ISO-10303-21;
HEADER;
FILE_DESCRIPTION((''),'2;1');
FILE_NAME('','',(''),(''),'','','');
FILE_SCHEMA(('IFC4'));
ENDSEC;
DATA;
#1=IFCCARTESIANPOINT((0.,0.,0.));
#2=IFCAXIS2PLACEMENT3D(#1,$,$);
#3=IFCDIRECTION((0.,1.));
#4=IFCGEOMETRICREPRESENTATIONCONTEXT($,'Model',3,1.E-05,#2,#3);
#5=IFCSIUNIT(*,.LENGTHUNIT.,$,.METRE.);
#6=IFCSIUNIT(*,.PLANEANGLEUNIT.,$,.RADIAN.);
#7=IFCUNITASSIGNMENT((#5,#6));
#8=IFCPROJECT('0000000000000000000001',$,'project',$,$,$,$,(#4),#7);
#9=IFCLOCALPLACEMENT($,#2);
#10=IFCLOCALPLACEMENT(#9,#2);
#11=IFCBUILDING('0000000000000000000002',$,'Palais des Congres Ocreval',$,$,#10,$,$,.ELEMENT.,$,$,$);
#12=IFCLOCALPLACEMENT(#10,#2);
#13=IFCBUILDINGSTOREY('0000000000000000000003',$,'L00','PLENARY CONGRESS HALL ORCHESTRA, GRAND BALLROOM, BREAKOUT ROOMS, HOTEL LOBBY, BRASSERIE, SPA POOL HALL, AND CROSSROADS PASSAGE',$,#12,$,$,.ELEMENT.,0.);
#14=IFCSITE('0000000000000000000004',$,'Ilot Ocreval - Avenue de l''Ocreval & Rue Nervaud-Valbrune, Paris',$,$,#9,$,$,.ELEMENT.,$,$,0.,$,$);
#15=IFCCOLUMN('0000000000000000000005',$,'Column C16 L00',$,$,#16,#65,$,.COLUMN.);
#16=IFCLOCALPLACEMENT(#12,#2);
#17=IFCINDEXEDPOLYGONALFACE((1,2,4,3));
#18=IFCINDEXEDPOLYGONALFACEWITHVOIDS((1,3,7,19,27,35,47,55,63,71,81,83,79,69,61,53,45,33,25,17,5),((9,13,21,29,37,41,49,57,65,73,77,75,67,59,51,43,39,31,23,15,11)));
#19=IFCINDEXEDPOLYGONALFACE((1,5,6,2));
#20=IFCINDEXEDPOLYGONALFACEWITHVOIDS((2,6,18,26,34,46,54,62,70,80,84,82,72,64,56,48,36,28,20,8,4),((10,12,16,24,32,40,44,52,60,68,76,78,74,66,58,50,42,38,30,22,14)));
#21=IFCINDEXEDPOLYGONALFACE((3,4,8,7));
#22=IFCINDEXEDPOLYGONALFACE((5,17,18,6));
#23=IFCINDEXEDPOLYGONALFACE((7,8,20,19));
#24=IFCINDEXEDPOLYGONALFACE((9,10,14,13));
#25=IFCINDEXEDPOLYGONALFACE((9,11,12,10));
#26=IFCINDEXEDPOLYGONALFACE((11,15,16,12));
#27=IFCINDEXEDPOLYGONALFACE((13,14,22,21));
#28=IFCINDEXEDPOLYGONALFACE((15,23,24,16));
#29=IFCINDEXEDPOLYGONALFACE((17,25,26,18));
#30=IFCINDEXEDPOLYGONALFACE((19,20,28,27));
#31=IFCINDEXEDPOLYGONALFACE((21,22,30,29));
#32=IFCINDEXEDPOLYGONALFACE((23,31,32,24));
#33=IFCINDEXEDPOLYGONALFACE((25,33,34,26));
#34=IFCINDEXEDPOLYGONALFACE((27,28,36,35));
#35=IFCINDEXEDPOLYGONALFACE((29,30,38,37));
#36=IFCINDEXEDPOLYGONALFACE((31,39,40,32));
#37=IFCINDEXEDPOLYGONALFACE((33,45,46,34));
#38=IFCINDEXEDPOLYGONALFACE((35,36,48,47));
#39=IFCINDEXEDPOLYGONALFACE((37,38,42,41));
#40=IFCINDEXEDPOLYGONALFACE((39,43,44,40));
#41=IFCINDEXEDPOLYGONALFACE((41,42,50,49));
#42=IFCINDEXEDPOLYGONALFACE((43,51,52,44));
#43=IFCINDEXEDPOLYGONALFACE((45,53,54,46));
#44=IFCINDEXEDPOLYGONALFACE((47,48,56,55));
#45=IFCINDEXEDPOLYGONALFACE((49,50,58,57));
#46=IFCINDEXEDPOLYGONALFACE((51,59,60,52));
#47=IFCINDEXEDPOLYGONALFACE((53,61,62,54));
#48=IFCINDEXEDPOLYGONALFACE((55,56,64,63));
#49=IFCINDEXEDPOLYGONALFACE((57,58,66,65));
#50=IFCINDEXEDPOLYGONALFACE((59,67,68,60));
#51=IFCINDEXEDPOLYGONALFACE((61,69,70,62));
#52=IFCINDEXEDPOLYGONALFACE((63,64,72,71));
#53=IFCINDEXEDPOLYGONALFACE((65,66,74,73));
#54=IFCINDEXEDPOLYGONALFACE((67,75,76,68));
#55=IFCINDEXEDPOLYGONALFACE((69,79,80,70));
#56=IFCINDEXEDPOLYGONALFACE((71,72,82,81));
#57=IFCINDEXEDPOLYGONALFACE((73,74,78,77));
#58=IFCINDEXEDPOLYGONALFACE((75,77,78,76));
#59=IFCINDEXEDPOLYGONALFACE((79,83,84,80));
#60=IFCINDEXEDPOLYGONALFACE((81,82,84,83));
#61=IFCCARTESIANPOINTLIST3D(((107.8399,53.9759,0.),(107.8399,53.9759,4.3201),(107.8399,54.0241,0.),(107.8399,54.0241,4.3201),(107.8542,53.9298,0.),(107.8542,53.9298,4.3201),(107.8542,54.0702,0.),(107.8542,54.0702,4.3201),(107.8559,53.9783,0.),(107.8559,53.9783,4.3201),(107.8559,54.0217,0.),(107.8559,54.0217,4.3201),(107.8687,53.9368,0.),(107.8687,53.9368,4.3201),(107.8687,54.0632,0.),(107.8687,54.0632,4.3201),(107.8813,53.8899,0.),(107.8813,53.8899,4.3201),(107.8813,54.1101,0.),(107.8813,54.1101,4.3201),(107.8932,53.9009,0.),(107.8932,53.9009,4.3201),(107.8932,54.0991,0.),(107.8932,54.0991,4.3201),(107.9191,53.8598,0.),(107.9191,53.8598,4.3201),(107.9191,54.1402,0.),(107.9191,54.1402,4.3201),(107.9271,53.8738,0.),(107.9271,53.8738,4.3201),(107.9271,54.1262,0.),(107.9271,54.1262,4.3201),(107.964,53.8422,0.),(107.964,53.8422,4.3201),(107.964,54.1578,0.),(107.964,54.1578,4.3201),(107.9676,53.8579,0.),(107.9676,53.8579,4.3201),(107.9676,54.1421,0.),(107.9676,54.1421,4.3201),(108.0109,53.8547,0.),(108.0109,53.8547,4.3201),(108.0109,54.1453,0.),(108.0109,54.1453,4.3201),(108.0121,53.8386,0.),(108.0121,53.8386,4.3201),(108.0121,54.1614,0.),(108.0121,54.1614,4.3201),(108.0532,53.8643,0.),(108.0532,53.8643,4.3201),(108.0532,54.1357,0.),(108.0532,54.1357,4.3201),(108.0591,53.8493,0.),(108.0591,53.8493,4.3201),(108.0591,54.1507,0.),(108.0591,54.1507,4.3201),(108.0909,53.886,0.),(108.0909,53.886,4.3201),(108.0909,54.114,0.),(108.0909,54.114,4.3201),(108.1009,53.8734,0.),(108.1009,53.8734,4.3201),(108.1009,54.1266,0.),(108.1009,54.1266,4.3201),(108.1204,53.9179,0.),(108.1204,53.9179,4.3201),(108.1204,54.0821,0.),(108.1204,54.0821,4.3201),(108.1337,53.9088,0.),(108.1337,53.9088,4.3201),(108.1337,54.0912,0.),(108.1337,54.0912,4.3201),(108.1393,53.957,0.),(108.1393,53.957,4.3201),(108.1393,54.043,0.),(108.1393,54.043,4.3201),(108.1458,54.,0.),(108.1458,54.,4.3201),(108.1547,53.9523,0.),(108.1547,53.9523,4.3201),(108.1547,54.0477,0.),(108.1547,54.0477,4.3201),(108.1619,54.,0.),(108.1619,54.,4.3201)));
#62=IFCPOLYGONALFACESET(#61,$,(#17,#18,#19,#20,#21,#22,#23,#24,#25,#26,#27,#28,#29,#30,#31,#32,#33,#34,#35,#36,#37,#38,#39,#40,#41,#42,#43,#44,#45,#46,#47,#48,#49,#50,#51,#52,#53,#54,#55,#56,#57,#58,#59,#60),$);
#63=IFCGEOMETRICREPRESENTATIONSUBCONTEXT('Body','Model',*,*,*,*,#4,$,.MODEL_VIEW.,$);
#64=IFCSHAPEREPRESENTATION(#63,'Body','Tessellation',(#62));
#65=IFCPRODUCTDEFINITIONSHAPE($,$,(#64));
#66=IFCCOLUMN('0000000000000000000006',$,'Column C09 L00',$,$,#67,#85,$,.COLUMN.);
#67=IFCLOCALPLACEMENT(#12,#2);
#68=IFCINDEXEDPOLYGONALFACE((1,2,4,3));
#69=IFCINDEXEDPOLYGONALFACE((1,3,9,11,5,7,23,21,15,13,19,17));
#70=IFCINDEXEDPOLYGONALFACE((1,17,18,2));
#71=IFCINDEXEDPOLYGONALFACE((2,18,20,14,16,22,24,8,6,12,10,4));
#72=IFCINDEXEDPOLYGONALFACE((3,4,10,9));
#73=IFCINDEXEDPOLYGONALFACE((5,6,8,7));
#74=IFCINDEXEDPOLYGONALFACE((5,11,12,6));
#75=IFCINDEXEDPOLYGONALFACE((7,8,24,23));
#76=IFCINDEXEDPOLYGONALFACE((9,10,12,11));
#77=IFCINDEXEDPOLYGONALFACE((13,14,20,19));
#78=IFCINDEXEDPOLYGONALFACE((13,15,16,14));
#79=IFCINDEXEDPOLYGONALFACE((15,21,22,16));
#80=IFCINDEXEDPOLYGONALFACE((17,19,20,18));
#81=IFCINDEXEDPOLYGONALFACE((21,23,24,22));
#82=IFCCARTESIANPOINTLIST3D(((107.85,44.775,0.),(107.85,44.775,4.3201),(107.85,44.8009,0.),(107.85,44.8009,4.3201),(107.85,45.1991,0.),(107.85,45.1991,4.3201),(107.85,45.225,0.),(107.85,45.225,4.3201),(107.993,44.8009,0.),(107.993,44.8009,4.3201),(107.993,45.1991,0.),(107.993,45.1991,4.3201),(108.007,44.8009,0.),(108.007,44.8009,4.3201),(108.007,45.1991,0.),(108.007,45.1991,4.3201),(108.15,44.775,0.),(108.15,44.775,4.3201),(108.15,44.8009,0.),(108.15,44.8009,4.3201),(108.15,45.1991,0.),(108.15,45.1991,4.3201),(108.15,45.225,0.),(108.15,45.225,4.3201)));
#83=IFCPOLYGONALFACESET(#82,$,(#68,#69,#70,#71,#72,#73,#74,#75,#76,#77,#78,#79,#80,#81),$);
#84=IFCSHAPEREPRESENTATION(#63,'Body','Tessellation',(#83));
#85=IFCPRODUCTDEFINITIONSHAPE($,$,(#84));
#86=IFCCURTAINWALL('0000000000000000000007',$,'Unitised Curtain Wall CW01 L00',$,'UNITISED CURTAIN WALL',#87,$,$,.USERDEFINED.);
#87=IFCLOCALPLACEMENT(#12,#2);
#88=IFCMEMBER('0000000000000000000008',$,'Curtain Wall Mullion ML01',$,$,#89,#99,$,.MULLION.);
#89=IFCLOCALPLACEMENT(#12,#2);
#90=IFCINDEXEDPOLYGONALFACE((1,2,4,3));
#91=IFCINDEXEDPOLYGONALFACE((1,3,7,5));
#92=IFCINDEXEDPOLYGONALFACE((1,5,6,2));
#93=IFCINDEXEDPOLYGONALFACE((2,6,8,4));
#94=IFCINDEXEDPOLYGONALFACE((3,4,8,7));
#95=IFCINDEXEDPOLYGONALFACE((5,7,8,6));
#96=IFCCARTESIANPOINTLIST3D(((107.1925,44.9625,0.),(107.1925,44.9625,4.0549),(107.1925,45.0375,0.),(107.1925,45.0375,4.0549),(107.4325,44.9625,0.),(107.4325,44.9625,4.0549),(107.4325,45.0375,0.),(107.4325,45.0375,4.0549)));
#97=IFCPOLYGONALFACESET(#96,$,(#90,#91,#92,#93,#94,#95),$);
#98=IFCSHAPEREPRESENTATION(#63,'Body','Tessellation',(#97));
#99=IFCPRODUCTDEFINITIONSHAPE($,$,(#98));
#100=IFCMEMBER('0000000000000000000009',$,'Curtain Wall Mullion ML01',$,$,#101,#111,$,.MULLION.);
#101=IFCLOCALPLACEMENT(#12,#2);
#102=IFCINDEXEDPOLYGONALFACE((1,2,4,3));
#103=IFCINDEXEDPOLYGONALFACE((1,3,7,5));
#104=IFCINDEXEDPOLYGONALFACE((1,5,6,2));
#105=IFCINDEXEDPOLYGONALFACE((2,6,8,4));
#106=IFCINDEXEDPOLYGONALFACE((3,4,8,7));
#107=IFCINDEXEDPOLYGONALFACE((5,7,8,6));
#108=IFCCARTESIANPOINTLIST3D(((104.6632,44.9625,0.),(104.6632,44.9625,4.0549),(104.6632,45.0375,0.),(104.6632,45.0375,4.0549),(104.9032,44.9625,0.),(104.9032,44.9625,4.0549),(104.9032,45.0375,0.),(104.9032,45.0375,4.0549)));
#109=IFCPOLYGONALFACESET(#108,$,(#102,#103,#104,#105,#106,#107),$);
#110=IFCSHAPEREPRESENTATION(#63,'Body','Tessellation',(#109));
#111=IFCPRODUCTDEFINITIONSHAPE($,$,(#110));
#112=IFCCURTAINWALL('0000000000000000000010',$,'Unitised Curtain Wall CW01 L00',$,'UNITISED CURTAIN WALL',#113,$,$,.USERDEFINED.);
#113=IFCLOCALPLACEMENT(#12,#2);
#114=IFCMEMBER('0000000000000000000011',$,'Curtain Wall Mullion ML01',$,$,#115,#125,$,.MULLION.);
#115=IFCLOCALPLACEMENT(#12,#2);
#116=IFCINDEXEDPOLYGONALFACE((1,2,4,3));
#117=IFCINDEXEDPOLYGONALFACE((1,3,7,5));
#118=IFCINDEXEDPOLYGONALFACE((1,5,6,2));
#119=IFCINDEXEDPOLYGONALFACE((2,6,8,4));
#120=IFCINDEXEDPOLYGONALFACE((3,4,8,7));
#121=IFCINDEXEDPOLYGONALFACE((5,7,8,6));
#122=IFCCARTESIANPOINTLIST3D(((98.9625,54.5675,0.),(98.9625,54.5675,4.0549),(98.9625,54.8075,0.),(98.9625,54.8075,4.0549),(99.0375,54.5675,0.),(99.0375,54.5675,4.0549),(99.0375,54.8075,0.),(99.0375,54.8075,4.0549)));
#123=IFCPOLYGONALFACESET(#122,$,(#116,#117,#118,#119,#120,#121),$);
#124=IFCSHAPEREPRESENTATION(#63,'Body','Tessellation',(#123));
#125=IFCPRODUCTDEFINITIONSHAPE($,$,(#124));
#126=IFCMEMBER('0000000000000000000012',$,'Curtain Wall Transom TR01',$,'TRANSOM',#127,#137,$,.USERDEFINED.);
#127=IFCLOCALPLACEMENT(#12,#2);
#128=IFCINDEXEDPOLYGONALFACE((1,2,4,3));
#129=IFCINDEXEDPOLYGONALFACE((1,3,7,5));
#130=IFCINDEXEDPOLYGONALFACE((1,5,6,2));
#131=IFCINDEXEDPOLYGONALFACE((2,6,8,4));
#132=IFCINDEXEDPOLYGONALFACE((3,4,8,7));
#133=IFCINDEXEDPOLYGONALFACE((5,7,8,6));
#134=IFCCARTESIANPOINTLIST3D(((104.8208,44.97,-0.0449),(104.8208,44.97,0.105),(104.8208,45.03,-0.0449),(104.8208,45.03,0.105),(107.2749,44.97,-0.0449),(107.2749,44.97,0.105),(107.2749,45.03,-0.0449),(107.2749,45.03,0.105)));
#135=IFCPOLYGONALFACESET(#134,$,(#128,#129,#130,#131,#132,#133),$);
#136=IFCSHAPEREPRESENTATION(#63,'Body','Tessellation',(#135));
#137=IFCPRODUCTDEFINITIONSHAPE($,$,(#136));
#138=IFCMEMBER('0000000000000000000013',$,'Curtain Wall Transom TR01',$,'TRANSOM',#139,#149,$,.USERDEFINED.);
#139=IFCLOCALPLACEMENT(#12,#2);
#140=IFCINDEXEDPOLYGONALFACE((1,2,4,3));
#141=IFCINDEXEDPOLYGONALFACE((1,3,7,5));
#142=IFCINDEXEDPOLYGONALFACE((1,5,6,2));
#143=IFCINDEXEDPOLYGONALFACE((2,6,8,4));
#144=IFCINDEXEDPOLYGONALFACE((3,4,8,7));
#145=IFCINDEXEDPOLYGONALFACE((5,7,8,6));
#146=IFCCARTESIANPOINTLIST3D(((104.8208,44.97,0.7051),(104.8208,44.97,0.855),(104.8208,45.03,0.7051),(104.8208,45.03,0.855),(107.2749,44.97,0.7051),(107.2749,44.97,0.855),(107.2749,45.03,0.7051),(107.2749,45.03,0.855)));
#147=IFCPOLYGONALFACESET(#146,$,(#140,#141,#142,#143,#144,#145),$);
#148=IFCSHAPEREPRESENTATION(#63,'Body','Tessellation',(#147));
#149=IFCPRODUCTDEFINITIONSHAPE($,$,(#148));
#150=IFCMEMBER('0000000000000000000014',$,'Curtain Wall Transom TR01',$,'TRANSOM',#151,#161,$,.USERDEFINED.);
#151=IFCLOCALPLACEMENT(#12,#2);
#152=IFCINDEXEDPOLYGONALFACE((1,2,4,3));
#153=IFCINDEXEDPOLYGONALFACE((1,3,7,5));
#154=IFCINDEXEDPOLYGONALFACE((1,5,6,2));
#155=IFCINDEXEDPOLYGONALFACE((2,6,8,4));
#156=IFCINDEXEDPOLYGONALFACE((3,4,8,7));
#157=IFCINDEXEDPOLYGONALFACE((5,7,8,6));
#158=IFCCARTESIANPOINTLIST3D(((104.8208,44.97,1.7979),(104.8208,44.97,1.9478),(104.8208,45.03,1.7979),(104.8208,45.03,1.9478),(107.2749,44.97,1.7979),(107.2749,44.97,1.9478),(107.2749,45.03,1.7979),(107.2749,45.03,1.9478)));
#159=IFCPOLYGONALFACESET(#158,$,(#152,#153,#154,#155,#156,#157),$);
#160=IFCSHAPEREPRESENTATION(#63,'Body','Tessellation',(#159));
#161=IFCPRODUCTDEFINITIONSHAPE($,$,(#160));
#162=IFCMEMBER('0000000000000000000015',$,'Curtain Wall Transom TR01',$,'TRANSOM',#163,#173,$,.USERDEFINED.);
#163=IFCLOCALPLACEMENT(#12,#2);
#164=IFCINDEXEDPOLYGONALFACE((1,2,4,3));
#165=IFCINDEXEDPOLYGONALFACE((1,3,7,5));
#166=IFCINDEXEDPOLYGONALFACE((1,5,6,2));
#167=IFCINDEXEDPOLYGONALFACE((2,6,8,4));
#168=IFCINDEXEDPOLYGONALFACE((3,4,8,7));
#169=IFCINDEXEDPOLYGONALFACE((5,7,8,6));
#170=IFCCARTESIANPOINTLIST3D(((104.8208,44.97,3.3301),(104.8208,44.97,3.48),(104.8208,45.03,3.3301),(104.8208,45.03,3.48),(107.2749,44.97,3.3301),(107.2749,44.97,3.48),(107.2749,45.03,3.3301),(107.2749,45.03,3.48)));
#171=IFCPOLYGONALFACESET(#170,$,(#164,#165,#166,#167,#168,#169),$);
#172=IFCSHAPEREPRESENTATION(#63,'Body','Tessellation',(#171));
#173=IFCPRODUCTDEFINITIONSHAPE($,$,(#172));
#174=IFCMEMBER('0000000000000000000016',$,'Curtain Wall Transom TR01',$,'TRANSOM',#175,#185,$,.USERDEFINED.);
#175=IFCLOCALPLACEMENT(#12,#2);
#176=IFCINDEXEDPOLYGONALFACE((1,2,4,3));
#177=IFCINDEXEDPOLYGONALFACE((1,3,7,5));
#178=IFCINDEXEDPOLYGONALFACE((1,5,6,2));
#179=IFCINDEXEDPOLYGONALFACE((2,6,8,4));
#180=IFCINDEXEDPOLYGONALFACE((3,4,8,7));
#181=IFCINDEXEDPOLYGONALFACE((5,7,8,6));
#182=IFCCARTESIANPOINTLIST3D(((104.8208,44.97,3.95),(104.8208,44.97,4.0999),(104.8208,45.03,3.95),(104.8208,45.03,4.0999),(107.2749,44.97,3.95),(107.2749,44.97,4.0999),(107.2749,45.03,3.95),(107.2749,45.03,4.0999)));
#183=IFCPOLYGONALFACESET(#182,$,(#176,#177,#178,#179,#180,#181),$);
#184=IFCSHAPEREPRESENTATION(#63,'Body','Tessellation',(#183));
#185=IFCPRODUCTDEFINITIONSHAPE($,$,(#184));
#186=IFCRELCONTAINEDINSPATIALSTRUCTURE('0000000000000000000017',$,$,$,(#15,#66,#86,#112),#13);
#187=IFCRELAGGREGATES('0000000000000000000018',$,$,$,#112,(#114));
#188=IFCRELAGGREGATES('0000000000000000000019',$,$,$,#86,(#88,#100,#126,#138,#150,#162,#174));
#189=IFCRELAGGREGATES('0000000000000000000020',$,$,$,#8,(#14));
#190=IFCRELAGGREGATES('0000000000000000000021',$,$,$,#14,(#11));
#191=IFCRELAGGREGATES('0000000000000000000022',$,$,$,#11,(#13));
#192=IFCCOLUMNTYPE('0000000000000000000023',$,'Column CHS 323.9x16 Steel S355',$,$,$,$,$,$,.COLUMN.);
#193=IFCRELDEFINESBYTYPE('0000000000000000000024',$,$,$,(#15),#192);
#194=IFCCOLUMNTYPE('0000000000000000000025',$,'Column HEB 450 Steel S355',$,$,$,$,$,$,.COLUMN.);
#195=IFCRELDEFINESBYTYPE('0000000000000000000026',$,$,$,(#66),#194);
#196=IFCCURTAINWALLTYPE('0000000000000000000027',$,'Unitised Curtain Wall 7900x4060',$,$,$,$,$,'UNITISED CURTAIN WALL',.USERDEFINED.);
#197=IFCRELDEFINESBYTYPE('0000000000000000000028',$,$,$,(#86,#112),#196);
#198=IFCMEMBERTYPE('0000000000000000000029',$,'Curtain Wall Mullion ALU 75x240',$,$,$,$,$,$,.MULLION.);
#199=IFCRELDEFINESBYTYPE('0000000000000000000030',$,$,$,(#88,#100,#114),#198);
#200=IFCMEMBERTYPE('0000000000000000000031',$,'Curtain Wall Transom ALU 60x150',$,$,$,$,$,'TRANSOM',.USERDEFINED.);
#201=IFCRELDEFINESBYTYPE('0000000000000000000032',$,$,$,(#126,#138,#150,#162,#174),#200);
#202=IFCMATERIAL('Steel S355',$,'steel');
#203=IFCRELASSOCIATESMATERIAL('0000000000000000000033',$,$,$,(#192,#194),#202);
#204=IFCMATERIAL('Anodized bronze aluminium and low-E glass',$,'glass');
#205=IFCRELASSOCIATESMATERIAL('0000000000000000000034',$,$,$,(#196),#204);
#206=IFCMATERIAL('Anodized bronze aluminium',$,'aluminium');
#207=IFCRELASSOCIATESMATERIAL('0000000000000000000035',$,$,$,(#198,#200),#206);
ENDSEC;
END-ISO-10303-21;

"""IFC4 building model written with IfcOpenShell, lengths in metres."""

from ifc_helpers import new_model, si_unit, direction, frame, origin, origin_2d, place, context, subcontext, project, spatial, rectangle, hollow_circle, i_section, extrude, material, material_profile, profile_set, type_object, element, aggregate, save


model = new_model("IFC4")

# Units and contexts
model_context = context("Model", 3, precision=1e-05, world=origin(), true_north=direction((0.0, 1.0)))
body_context = subcontext(model_context, "Body", "Model", "MODEL_VIEW")
ifc_project = project(units=[si_unit("LENGTHUNIT", "METRE"), si_unit("PLANEANGLEUNIT", "RADIAN")], contexts=[model_context])

# Site, building, storey
site_placement = place(None, origin())
site = spatial("IfcSite", under=ifc_project, at=site_placement, Name="Ilot Ocreval - Avenue de l'Ocreval & Rue Nervaud-Valbrune, Paris", CompositionType="ELEMENT", RefElevation=0.0)
building_placement = place(site_placement, origin())
building = spatial("IfcBuilding", under=site, at=building_placement, Name="Palais des Congres Ocreval", CompositionType="ELEMENT")
storey_placement = place(building_placement, origin())
storey = spatial("IfcBuildingStorey", under=building, at=storey_placement, Name="L00", Description="PLENARY CONGRESS HALL ORCHESTRA, GRAND BALLROOM, BREAKOUT ROOMS, HOTEL LOBBY, BRASSERIE, SPA POOL HALL, AND CROSSROADS PASSAGE", CompositionType="ELEMENT", Elevation=0.0)

# Columns
ifc_material_1 = material(Name="Steel S355", Category="steel")
ifc_material_profile_1 = material_profile(ifc_material_1, hollow_circle(Radius=0.1619, WallThickness=0.0161, at=origin_2d()), Name="CHS 323.9x16")
ifc_profile_set_1 = profile_set([ifc_material_profile_1], Name="Steel S355")
column_type_1 = type_object("IfcColumnType", Name="Column CHS 323.9x16 Steel S355", PredefinedType="COLUMN", material=ifc_profile_set_1)
column_1_placement = place(storey_placement, frame((108.0, 54.0, 0.0), z_axis=(0.0, 0.0, 1.0), x_axis=(1.0, 0.0, 0.0)))
element("IfcColumn", 1, at=column_1_placement, inside=storey, type_object=column_type_1, Name="Column C16 L00", PredefinedType="COLUMN", context=body_context, shape_type="SweptSolid", body=[
    extrude(hollow_circle(Radius=0.1619, WallThickness=0.0161, at=origin_2d()), origin(), (0.0, 0.0, 1.0), 4.3201),
])
ifc_material_profile_2 = material_profile(ifc_material_1, i_section(OverallWidth=0.3, OverallDepth=0.45, WebThickness=0.0139, FlangeThickness=0.0259, at=origin_2d()), Name="HEB 450")
ifc_profile_set_2 = profile_set([ifc_material_profile_2], Name="Steel S355")
column_type_2 = type_object("IfcColumnType", Name="Column HEB 450 Steel S355", PredefinedType="COLUMN", material=ifc_profile_set_2)
column_2_placement = place(storey_placement, frame((108.0, 45.0, 0.0), z_axis=(0.0, 0.0, 1.0), x_axis=(1.0, 0.0, 0.0)))
element("IfcColumn", 2, at=column_2_placement, inside=storey, type_object=column_type_2, Name="Column C09 L00", PredefinedType="COLUMN", context=body_context, shape_type="SweptSolid", body=[
    extrude(i_section(OverallWidth=0.3, OverallDepth=0.45, WebThickness=0.0139, FlangeThickness=0.0259, at=origin_2d()), origin(), (0.0, 0.0, 1.0), 4.3201),
])

# Curtain wall, members
ifc_material_2 = material(Name="Anodized bronze aluminium and low-E glass", Category="glass")
curtain_wall_type = type_object("IfcCurtainWallType", Name="Unitised Curtain Wall 7900x4060", ElementType="UNITISED CURTAIN WALL", PredefinedType="USERDEFINED", material=ifc_material_2)
curtain_wall_1_placement = place(storey_placement, origin())
curtain_wall_1 = element("IfcCurtainWall", 3, at=curtain_wall_1_placement, inside=storey, type_object=curtain_wall_type, Name="Unitised Curtain Wall CW01 L00", ObjectType="UNITISED CURTAIN WALL", PredefinedType="USERDEFINED")
ifc_material_3 = material(Name="Anodized bronze aluminium", Category="aluminium")
ifc_material_profile_3 = material_profile(ifc_material_3, rectangle(XDim=0.075, YDim=0.24, at=origin_2d()), Name="ALU 75x240")
ifc_profile_set_3 = profile_set([ifc_material_profile_3], Name="Anodized bronze aluminium")
member_type_1 = type_object("IfcMemberType", Name="Curtain Wall Mullion ALU 75x240", PredefinedType="MULLION", material=ifc_profile_set_3)
member_1_placement = place(storey_placement, frame((107.3125, 45.0, 0.0), z_axis=(0.0, 0.0, 1.0), x_axis=(0.0, -1.0, 0.0)))
member_1 = element("IfcMember", 4, at=member_1_placement, type_object=member_type_1, Name="Curtain Wall Mullion ML01", PredefinedType="MULLION", context=body_context, shape_type="SweptSolid", body=[
    extrude(rectangle(XDim=0.075, YDim=0.24, at=origin_2d()), origin(), (0.0, 0.0, 1.0), 4.0549),
])
member_2_placement = place(storey_placement, frame((104.7832, 45.0, 0.0), z_axis=(0.0, 0.0, 1.0), x_axis=(0.0, -1.0, 0.0)))
member_2 = element("IfcMember", 5, at=member_2_placement, type_object=member_type_1, Name="Curtain Wall Mullion ML01", PredefinedType="MULLION", context=body_context, shape_type="SweptSolid", body=[
    extrude(rectangle(XDim=0.075, YDim=0.24, at=origin_2d()), origin(), (0.0, 0.0, 1.0), 4.0549),
])

# Curtain wall, member
curtain_wall_2_placement = place(storey_placement, origin())
curtain_wall_2 = element("IfcCurtainWall", 6, at=curtain_wall_2_placement, inside=storey, type_object=curtain_wall_type, Name="Unitised Curtain Wall CW01 L00", ObjectType="UNITISED CURTAIN WALL", PredefinedType="USERDEFINED")
member_3_placement = place(storey_placement, frame((99.0, 54.6875, 0.0), z_axis=(0.0, 0.0, 1.0), x_axis=(-1.0, 0.0, 0.0)))
member_3 = element("IfcMember", 7, at=member_3_placement, type_object=member_type_1, Name="Curtain Wall Mullion ML01", PredefinedType="MULLION", context=body_context, shape_type="SweptSolid", body=[
    extrude(rectangle(XDim=0.075, YDim=0.24, at=origin_2d()), origin(), (0.0, 0.0, 1.0), 4.0549),
])

# Members
ifc_material_profile_4 = material_profile(ifc_material_3, rectangle(XDim=0.0601, YDim=0.1499, at=origin_2d()), Name="ALU 60x150")
ifc_profile_set_4 = profile_set([ifc_material_profile_4], Name="Anodized bronze aluminium")
member_type_2 = type_object("IfcMemberType", Name="Curtain Wall Transom ALU 60x150", ElementType="TRANSOM", PredefinedType="USERDEFINED", material=ifc_profile_set_4)
member_4_placement = place(storey_placement, frame((107.2749, 45.0, 0.03), z_axis=(-1.0, 0.0, 0.0), x_axis=(0.0, -1.0, 0.0)))
member_4 = element("IfcMember", 8, at=member_4_placement, type_object=member_type_2, Name="Curtain Wall Transom TR01", ObjectType="TRANSOM", PredefinedType="USERDEFINED", context=body_context, shape_type="SweptSolid", body=[
    extrude(rectangle(XDim=0.0601, YDim=0.1499, at=origin_2d()), origin(), (0.0, 0.0, 1.0), 2.4541),
])
member_5_placement = place(storey_placement, frame((107.2749, 45.0, 0.78), z_axis=(-1.0, 0.0, 0.0), x_axis=(0.0, -1.0, 0.0)))
member_5 = element("IfcMember", 9, at=member_5_placement, type_object=member_type_2, Name="Curtain Wall Transom TR01", ObjectType="TRANSOM", PredefinedType="USERDEFINED", context=body_context, shape_type="SweptSolid", body=[
    extrude(rectangle(XDim=0.0601, YDim=0.1499, at=origin_2d()), origin(), (0.0, 0.0, 1.0), 2.4541),
])
member_6_placement = place(storey_placement, frame((107.2749, 45.0, 1.8728), z_axis=(-1.0, 0.0, 0.0), x_axis=(0.0, -1.0, 0.0)))
member_6 = element("IfcMember", 10, at=member_6_placement, type_object=member_type_2, Name="Curtain Wall Transom TR01", ObjectType="TRANSOM", PredefinedType="USERDEFINED", context=body_context, shape_type="SweptSolid", body=[
    extrude(rectangle(XDim=0.0601, YDim=0.1499, at=origin_2d()), origin(), (0.0, 0.0, 1.0), 2.4541),
])
member_7_placement = place(storey_placement, frame((107.2749, 45.0, 3.405), z_axis=(-1.0, 0.0, 0.0), x_axis=(0.0, -1.0, 0.0)))
member_7 = element("IfcMember", 11, at=member_7_placement, type_object=member_type_2, Name="Curtain Wall Transom TR01", ObjectType="TRANSOM", PredefinedType="USERDEFINED", context=body_context, shape_type="SweptSolid", body=[
    extrude(rectangle(XDim=0.0601, YDim=0.1499, at=origin_2d()), origin(), (0.0, 0.0, 1.0), 2.4541),
])
member_8_placement = place(storey_placement, frame((107.2749, 45.0, 4.0249), z_axis=(-1.0, 0.0, 0.0), x_axis=(0.0, -1.0, 0.0)))
member_8 = element("IfcMember", 12, at=member_8_placement, type_object=member_type_2, Name="Curtain Wall Transom TR01", ObjectType="TRANSOM", PredefinedType="USERDEFINED", context=body_context, shape_type="SweptSolid", body=[
    extrude(rectangle(XDim=0.0601, YDim=0.1499, at=origin_2d()), origin(), (0.0, 0.0, 1.0), 2.4541),
])
aggregate(curtain_wall_2, [member_3])

aggregate(curtain_wall_1, [member_1, member_2, member_4, member_5, member_6, member_7, member_8])

save(model, "model.ifc")
